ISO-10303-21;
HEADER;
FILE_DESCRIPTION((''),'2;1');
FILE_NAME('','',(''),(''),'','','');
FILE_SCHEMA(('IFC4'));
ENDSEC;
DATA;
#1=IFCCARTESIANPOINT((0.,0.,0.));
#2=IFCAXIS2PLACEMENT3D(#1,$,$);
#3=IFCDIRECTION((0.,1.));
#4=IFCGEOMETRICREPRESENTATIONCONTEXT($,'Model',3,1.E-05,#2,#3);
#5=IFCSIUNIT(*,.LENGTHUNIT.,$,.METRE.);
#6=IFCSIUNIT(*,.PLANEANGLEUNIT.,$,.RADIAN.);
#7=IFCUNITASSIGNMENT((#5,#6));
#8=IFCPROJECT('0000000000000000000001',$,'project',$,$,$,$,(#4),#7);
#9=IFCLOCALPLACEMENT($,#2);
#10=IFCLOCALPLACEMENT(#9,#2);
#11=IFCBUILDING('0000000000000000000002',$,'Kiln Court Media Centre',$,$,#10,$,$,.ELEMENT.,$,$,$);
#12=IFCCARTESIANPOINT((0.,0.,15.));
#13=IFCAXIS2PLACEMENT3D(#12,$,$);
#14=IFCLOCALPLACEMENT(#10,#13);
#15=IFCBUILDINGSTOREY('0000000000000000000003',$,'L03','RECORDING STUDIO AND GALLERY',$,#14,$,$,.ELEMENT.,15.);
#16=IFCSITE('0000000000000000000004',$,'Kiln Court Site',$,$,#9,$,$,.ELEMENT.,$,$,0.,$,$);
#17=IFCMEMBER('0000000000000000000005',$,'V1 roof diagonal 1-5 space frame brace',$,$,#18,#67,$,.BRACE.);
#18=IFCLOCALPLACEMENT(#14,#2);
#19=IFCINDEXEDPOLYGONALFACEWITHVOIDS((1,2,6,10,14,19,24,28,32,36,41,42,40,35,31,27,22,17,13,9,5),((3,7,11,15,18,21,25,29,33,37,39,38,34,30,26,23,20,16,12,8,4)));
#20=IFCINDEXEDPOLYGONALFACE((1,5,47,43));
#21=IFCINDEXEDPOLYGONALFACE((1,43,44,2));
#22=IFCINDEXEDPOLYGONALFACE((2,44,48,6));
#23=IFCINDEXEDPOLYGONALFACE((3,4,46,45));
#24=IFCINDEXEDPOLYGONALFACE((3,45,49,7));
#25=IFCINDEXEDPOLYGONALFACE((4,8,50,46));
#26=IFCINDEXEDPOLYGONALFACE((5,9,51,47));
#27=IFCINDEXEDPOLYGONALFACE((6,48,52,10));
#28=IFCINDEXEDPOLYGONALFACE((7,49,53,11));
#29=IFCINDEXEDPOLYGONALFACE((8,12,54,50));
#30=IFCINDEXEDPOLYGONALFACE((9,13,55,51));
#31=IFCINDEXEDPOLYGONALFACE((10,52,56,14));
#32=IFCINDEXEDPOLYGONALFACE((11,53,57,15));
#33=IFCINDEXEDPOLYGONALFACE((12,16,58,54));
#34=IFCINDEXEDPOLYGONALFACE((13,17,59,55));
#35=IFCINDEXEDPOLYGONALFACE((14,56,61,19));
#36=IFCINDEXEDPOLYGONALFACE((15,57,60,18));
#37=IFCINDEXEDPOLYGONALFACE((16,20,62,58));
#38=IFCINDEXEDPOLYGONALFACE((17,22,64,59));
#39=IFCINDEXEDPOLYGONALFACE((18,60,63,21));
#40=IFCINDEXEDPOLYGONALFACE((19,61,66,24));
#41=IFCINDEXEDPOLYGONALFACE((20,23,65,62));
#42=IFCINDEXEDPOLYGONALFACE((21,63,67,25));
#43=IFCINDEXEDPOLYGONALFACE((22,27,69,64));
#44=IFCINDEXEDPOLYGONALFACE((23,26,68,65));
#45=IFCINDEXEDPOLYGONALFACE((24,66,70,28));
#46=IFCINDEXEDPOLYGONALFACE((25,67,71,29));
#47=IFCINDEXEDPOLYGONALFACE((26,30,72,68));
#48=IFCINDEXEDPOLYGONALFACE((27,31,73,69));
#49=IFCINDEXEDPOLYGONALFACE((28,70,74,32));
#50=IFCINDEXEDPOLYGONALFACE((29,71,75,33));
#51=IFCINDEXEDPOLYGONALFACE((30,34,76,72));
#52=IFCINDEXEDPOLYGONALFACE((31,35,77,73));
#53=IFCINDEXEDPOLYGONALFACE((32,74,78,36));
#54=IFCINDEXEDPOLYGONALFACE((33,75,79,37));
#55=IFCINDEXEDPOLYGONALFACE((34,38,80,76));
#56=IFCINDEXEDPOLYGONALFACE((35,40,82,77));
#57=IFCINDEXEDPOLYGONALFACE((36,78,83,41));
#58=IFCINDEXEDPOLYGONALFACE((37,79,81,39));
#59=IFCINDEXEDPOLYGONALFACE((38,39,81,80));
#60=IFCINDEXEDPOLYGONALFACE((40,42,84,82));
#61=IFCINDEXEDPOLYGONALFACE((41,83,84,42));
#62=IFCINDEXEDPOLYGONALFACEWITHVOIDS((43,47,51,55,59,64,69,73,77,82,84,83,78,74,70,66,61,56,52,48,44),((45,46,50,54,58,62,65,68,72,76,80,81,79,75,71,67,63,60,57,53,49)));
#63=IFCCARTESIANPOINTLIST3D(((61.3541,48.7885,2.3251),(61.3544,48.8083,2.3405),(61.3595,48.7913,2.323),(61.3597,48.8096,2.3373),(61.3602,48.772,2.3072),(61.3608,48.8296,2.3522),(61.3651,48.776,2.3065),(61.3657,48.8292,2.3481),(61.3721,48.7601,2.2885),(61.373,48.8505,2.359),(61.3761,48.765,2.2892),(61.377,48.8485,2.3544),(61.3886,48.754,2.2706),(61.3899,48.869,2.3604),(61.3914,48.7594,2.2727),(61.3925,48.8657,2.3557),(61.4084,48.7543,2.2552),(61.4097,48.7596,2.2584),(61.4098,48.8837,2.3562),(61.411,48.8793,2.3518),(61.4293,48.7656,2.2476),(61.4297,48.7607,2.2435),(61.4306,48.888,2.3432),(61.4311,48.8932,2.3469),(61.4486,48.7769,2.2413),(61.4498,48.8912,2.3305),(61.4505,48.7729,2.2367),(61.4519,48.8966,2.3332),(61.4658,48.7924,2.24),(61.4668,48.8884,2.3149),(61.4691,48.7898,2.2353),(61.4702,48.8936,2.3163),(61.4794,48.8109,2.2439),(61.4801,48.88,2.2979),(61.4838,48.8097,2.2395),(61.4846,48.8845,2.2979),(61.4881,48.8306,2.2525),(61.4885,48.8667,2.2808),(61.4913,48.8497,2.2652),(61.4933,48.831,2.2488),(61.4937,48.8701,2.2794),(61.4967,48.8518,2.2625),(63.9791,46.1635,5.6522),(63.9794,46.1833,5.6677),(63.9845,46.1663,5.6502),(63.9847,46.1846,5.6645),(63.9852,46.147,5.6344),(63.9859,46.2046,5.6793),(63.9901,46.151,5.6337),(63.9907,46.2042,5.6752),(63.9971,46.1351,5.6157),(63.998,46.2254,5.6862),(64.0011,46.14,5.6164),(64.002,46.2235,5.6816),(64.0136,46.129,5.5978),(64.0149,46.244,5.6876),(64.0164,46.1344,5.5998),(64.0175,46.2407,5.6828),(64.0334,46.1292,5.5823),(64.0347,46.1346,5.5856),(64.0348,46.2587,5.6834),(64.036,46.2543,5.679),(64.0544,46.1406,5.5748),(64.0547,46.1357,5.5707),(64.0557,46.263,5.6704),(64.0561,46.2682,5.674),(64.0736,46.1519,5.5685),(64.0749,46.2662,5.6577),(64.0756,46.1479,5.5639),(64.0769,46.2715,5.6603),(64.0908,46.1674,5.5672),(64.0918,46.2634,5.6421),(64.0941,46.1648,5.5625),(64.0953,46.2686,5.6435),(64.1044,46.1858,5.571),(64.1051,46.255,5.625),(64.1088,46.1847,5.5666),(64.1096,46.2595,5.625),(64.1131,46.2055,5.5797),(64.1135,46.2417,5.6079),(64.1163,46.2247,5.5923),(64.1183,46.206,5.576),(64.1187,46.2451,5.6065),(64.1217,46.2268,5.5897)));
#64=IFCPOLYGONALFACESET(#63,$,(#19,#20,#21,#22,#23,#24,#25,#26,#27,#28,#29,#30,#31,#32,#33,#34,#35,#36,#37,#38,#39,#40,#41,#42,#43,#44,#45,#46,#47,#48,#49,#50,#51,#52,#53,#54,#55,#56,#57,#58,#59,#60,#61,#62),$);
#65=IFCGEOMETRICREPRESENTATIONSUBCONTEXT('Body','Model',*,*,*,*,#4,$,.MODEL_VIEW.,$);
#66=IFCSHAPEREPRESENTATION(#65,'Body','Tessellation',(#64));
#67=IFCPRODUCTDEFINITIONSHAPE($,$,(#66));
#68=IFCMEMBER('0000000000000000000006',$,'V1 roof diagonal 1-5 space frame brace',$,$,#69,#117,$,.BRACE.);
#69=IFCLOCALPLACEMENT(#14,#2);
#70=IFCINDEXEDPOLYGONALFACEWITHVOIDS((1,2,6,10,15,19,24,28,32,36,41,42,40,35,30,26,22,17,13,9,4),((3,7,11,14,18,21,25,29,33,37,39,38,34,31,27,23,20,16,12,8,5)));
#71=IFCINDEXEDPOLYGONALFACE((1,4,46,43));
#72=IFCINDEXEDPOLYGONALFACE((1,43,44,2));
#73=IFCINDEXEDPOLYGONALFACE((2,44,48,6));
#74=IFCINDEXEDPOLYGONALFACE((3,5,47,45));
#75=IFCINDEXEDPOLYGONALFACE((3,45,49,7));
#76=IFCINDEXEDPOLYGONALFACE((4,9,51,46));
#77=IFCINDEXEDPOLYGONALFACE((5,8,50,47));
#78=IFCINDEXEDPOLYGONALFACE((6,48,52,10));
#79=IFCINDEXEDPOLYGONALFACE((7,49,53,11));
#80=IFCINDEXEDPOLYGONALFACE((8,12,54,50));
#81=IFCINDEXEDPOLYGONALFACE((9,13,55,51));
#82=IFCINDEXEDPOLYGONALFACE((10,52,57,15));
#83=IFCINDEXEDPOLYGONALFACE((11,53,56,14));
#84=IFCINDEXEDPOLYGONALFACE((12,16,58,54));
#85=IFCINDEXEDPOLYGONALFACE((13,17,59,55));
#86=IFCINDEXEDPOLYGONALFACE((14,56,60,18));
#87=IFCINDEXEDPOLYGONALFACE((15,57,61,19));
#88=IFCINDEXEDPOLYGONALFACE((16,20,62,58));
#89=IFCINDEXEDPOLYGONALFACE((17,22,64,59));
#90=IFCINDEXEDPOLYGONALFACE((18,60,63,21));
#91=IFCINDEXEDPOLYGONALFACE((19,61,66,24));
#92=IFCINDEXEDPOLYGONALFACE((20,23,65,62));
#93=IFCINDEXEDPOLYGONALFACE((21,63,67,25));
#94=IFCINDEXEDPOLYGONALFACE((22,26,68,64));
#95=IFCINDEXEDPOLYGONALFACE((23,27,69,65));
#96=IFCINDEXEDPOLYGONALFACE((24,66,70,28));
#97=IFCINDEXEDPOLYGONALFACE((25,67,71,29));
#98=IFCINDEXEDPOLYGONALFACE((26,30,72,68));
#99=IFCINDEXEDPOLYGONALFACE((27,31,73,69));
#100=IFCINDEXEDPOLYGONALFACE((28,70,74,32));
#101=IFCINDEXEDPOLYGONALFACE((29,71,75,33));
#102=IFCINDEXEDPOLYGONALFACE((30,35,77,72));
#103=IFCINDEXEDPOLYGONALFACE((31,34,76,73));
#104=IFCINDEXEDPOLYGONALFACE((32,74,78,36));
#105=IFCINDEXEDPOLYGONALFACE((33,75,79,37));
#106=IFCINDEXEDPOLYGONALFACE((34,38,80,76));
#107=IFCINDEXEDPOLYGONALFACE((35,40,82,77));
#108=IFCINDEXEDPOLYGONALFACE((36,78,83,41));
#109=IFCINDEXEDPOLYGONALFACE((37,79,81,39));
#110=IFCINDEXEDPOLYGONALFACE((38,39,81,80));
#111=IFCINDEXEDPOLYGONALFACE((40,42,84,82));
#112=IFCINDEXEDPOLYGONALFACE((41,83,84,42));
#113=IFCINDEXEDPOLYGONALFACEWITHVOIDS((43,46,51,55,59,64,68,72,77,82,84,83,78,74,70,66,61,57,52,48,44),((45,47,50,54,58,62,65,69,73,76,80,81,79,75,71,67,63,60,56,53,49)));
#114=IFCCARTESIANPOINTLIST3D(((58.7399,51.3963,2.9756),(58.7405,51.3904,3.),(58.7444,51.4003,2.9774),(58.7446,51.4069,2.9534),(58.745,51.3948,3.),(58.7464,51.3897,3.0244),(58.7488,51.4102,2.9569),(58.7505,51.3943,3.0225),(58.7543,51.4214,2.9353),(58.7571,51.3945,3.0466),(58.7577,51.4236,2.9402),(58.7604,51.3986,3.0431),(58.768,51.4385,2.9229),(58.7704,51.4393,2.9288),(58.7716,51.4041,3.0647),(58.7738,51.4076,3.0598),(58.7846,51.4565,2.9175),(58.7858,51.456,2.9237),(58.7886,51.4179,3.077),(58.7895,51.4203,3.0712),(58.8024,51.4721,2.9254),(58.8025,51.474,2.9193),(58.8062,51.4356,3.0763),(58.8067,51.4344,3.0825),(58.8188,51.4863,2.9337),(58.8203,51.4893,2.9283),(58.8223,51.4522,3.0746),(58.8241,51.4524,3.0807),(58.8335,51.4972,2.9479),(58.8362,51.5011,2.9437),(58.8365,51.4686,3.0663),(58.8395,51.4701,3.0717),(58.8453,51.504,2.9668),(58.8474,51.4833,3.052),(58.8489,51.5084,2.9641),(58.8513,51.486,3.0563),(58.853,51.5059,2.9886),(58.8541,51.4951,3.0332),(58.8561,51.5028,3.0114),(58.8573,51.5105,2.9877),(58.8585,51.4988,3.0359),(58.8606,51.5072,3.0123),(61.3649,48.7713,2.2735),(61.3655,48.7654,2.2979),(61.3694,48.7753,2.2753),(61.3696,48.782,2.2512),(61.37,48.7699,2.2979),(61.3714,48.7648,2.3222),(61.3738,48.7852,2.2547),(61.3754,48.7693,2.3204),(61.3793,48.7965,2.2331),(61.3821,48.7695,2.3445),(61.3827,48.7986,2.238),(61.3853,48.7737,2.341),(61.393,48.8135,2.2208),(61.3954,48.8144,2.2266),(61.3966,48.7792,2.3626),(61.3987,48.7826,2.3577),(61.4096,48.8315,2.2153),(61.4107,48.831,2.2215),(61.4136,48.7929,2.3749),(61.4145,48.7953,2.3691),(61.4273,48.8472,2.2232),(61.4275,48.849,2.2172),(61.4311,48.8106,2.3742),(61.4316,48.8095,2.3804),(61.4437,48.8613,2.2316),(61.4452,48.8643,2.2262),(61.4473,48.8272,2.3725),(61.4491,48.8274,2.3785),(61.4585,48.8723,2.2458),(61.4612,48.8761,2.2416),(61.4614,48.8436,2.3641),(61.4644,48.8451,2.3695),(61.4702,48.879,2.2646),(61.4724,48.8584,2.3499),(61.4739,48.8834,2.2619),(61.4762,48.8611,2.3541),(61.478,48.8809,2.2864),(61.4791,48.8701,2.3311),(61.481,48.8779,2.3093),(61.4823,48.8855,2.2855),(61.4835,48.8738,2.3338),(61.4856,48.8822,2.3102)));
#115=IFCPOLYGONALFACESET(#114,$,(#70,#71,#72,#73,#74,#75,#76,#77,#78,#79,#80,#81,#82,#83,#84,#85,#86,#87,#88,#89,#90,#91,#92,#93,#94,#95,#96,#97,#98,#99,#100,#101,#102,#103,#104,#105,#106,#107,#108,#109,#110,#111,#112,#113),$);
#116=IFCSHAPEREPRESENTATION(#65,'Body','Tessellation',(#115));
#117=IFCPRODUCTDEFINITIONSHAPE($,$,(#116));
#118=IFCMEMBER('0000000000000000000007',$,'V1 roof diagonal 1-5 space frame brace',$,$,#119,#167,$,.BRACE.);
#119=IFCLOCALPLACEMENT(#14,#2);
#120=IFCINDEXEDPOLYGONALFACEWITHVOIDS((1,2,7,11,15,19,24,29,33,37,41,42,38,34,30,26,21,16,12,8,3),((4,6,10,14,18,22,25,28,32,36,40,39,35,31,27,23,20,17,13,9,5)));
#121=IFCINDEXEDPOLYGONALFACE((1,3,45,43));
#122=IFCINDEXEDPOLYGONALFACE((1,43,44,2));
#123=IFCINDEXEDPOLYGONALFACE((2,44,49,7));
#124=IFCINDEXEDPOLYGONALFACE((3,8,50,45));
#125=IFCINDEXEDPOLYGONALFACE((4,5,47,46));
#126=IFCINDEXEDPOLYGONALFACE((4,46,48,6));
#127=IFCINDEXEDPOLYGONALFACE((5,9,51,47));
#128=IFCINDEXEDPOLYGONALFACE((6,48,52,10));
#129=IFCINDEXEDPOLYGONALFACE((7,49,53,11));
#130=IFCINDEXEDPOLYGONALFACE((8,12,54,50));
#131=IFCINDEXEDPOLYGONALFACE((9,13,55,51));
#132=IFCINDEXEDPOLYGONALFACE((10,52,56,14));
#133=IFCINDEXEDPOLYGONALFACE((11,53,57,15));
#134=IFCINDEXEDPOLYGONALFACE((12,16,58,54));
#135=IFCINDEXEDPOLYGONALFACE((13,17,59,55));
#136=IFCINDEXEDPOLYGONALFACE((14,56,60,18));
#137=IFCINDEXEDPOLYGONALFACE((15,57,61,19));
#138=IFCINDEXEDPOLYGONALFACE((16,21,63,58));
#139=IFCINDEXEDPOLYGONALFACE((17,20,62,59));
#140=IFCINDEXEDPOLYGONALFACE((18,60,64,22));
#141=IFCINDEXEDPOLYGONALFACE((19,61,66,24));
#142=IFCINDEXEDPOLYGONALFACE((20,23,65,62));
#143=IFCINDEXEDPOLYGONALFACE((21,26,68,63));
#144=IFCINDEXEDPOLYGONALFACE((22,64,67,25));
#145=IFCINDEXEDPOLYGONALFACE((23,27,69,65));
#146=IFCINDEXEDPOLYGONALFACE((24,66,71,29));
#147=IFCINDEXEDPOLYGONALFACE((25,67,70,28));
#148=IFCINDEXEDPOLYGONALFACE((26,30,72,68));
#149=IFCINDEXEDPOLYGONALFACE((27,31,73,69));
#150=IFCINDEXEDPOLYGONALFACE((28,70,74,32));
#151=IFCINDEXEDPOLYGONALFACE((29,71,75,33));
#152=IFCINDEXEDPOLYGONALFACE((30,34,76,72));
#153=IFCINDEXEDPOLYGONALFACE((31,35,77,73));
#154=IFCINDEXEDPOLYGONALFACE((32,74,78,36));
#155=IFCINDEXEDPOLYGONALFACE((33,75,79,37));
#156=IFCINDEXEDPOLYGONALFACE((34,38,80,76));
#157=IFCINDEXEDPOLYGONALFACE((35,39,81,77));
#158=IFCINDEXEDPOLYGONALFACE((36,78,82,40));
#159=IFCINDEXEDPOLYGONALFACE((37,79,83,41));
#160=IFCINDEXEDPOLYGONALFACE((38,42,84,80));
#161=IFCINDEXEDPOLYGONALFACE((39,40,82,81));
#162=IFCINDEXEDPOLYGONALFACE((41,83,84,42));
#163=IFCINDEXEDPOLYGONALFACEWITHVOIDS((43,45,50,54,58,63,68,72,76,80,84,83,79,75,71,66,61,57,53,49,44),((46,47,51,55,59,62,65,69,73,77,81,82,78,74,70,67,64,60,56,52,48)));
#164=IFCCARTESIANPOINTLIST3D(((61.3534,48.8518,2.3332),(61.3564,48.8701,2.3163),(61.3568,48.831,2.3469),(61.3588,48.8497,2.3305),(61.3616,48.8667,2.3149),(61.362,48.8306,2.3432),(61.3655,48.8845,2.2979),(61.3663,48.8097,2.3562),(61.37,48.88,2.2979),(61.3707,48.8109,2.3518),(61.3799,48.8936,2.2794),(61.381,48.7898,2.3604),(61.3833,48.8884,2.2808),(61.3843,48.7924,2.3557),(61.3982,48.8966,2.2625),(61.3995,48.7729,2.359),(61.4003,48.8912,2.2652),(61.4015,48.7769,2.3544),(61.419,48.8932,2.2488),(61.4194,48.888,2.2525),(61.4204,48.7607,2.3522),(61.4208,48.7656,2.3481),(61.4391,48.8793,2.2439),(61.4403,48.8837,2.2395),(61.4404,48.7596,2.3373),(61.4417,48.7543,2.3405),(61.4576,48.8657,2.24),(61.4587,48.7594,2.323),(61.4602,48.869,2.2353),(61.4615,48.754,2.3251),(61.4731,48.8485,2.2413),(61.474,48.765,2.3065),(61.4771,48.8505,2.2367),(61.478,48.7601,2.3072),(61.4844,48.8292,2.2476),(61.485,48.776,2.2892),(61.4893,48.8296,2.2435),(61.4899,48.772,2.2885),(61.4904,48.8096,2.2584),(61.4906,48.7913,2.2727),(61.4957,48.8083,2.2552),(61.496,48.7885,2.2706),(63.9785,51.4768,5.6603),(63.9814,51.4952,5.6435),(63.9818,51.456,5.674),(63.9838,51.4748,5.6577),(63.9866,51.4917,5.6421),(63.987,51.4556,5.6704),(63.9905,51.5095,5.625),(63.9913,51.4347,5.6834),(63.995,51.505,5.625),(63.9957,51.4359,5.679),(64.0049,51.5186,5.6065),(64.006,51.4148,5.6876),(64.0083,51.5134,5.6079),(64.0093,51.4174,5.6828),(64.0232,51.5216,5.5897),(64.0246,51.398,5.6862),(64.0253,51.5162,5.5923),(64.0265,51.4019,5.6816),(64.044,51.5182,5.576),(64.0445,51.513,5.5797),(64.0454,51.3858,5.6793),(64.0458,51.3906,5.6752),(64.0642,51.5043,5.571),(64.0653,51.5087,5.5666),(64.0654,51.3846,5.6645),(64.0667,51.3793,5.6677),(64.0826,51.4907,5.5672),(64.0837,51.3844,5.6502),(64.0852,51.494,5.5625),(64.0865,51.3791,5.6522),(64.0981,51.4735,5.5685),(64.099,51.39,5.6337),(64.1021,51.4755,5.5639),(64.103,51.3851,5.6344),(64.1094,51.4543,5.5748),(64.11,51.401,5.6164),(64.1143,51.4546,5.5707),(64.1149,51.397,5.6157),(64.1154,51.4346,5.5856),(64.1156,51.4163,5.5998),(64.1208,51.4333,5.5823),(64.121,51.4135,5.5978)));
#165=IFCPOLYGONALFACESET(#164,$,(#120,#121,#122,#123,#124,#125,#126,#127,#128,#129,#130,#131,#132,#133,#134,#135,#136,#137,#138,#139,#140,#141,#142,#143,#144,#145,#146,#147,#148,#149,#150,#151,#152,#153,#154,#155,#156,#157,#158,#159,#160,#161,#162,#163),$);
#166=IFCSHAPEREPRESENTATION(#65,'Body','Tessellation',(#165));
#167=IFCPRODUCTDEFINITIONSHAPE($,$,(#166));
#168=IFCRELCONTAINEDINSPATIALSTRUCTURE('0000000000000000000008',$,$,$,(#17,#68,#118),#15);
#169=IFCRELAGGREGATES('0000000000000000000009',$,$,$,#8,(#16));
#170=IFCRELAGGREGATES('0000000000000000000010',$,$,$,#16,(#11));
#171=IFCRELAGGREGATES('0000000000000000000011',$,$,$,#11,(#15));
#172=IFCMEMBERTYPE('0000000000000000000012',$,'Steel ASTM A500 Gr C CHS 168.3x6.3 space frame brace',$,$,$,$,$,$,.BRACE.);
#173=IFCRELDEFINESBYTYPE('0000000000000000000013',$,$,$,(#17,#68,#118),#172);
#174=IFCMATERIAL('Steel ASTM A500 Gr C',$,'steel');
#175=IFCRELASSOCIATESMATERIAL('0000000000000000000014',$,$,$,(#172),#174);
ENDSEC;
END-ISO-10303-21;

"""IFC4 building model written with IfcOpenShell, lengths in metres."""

from ifc_helpers import new_model, si_unit, direction, frame, origin, origin_2d, place, context, subcontext, project, spatial, hollow_circle, extrude, material, material_profile, profile_set, type_object, element, save


model = new_model("IFC4")

# Units and contexts
model_context = context("Model", 3, precision=1e-05, world=origin(), true_north=direction((0.0, 1.0)))
body_context = subcontext(model_context, "Body", "Model", "MODEL_VIEW")
ifc_project = project(units=[si_unit("LENGTHUNIT", "METRE"), si_unit("PLANEANGLEUNIT", "RADIAN")], contexts=[model_context])

# Site, building, storey
site_placement = place(None, origin())
site = spatial("IfcSite", under=ifc_project, at=site_placement, Name="Kiln Court Site", CompositionType="ELEMENT", RefElevation=0.0)
building_placement = place(site_placement, origin())
building = spatial("IfcBuilding", under=site, at=building_placement, Name="Kiln Court Media Centre", CompositionType="ELEMENT")
storey_placement = place(building_placement, frame((0.0, 0.0, 15.0)))
storey = spatial("IfcBuildingStorey", under=building, at=storey_placement, Name="L03", Description="RECORDING STUDIO AND GALLERY", CompositionType="ELEMENT", Elevation=15.0)

# Members
ifc_material_1 = material(Name="Steel ASTM A500 Gr C", Category="steel")
ifc_material_profile_1 = material_profile(ifc_material_1, hollow_circle(Radius=0.0842, WallThickness=0.0063, at=origin_2d()), Name="CHS 168.3x6.3")
ifc_profile_set_1 = profile_set([ifc_material_profile_1], Name="Steel ASTM A500 Gr C")
member_type_1 = type_object("IfcMemberType", Name="Steel ASTM A500 Gr C CHS 168.3x6.3 space frame brace", PredefinedType="BRACE", material=ifc_profile_set_1)
member_1_placement = place(storey_placement, frame((61.425, 48.825, 2.2979), z_axis=(0.52657, -0.52657, 0.667419), x_axis=(0.707107, 0.707107, 0.0)))
element("IfcMember", 1, at=member_1_placement, inside=storey, type_object=member_type_1, Name="V1 roof diagonal 1-5 space frame brace", PredefinedType="BRACE", context=body_context, shape_type="SweptSolid", body=[
    extrude(hollow_circle(Radius=0.0842, WallThickness=0.0063, at=origin_2d()), origin(), (0.0, 0.0, 1.0), 4.9851),
])
member_2_placement = place(storey_placement, frame((61.425, 48.825, 2.2979), z_axis=(-0.694788, 0.694788, 0.185846), x_axis=(-0.707107, -0.707107, 0.0)))
element("IfcMember", 2, at=member_2_placement, inside=storey, type_object=member_type_1, Name="V1 roof diagonal 1-5 space frame brace", PredefinedType="BRACE", context=body_context, shape_type="SweptSolid", body=[
    extrude(hollow_circle(Radius=0.0842, WallThickness=0.0063, at=origin_2d()), origin(), (0.0, 0.0, 1.0), 3.7781),
])
member_3_placement = place(storey_placement, frame((61.425, 48.825, 2.2979), z_axis=(0.52657, 0.52657, 0.667419), x_axis=(-0.707107, 0.707107, 0.0)))
element("IfcMember", 3, at=member_3_placement, inside=storey, type_object=member_type_1, Name="V1 roof diagonal 1-5 space frame brace", PredefinedType="BRACE", context=body_context, shape_type="SweptSolid", body=[
    extrude(hollow_circle(Radius=0.0842, WallThickness=0.0063, at=origin_2d()), origin(), (0.0, 0.0, 1.0), 4.9851),
])

save(model, "model.ifc")
